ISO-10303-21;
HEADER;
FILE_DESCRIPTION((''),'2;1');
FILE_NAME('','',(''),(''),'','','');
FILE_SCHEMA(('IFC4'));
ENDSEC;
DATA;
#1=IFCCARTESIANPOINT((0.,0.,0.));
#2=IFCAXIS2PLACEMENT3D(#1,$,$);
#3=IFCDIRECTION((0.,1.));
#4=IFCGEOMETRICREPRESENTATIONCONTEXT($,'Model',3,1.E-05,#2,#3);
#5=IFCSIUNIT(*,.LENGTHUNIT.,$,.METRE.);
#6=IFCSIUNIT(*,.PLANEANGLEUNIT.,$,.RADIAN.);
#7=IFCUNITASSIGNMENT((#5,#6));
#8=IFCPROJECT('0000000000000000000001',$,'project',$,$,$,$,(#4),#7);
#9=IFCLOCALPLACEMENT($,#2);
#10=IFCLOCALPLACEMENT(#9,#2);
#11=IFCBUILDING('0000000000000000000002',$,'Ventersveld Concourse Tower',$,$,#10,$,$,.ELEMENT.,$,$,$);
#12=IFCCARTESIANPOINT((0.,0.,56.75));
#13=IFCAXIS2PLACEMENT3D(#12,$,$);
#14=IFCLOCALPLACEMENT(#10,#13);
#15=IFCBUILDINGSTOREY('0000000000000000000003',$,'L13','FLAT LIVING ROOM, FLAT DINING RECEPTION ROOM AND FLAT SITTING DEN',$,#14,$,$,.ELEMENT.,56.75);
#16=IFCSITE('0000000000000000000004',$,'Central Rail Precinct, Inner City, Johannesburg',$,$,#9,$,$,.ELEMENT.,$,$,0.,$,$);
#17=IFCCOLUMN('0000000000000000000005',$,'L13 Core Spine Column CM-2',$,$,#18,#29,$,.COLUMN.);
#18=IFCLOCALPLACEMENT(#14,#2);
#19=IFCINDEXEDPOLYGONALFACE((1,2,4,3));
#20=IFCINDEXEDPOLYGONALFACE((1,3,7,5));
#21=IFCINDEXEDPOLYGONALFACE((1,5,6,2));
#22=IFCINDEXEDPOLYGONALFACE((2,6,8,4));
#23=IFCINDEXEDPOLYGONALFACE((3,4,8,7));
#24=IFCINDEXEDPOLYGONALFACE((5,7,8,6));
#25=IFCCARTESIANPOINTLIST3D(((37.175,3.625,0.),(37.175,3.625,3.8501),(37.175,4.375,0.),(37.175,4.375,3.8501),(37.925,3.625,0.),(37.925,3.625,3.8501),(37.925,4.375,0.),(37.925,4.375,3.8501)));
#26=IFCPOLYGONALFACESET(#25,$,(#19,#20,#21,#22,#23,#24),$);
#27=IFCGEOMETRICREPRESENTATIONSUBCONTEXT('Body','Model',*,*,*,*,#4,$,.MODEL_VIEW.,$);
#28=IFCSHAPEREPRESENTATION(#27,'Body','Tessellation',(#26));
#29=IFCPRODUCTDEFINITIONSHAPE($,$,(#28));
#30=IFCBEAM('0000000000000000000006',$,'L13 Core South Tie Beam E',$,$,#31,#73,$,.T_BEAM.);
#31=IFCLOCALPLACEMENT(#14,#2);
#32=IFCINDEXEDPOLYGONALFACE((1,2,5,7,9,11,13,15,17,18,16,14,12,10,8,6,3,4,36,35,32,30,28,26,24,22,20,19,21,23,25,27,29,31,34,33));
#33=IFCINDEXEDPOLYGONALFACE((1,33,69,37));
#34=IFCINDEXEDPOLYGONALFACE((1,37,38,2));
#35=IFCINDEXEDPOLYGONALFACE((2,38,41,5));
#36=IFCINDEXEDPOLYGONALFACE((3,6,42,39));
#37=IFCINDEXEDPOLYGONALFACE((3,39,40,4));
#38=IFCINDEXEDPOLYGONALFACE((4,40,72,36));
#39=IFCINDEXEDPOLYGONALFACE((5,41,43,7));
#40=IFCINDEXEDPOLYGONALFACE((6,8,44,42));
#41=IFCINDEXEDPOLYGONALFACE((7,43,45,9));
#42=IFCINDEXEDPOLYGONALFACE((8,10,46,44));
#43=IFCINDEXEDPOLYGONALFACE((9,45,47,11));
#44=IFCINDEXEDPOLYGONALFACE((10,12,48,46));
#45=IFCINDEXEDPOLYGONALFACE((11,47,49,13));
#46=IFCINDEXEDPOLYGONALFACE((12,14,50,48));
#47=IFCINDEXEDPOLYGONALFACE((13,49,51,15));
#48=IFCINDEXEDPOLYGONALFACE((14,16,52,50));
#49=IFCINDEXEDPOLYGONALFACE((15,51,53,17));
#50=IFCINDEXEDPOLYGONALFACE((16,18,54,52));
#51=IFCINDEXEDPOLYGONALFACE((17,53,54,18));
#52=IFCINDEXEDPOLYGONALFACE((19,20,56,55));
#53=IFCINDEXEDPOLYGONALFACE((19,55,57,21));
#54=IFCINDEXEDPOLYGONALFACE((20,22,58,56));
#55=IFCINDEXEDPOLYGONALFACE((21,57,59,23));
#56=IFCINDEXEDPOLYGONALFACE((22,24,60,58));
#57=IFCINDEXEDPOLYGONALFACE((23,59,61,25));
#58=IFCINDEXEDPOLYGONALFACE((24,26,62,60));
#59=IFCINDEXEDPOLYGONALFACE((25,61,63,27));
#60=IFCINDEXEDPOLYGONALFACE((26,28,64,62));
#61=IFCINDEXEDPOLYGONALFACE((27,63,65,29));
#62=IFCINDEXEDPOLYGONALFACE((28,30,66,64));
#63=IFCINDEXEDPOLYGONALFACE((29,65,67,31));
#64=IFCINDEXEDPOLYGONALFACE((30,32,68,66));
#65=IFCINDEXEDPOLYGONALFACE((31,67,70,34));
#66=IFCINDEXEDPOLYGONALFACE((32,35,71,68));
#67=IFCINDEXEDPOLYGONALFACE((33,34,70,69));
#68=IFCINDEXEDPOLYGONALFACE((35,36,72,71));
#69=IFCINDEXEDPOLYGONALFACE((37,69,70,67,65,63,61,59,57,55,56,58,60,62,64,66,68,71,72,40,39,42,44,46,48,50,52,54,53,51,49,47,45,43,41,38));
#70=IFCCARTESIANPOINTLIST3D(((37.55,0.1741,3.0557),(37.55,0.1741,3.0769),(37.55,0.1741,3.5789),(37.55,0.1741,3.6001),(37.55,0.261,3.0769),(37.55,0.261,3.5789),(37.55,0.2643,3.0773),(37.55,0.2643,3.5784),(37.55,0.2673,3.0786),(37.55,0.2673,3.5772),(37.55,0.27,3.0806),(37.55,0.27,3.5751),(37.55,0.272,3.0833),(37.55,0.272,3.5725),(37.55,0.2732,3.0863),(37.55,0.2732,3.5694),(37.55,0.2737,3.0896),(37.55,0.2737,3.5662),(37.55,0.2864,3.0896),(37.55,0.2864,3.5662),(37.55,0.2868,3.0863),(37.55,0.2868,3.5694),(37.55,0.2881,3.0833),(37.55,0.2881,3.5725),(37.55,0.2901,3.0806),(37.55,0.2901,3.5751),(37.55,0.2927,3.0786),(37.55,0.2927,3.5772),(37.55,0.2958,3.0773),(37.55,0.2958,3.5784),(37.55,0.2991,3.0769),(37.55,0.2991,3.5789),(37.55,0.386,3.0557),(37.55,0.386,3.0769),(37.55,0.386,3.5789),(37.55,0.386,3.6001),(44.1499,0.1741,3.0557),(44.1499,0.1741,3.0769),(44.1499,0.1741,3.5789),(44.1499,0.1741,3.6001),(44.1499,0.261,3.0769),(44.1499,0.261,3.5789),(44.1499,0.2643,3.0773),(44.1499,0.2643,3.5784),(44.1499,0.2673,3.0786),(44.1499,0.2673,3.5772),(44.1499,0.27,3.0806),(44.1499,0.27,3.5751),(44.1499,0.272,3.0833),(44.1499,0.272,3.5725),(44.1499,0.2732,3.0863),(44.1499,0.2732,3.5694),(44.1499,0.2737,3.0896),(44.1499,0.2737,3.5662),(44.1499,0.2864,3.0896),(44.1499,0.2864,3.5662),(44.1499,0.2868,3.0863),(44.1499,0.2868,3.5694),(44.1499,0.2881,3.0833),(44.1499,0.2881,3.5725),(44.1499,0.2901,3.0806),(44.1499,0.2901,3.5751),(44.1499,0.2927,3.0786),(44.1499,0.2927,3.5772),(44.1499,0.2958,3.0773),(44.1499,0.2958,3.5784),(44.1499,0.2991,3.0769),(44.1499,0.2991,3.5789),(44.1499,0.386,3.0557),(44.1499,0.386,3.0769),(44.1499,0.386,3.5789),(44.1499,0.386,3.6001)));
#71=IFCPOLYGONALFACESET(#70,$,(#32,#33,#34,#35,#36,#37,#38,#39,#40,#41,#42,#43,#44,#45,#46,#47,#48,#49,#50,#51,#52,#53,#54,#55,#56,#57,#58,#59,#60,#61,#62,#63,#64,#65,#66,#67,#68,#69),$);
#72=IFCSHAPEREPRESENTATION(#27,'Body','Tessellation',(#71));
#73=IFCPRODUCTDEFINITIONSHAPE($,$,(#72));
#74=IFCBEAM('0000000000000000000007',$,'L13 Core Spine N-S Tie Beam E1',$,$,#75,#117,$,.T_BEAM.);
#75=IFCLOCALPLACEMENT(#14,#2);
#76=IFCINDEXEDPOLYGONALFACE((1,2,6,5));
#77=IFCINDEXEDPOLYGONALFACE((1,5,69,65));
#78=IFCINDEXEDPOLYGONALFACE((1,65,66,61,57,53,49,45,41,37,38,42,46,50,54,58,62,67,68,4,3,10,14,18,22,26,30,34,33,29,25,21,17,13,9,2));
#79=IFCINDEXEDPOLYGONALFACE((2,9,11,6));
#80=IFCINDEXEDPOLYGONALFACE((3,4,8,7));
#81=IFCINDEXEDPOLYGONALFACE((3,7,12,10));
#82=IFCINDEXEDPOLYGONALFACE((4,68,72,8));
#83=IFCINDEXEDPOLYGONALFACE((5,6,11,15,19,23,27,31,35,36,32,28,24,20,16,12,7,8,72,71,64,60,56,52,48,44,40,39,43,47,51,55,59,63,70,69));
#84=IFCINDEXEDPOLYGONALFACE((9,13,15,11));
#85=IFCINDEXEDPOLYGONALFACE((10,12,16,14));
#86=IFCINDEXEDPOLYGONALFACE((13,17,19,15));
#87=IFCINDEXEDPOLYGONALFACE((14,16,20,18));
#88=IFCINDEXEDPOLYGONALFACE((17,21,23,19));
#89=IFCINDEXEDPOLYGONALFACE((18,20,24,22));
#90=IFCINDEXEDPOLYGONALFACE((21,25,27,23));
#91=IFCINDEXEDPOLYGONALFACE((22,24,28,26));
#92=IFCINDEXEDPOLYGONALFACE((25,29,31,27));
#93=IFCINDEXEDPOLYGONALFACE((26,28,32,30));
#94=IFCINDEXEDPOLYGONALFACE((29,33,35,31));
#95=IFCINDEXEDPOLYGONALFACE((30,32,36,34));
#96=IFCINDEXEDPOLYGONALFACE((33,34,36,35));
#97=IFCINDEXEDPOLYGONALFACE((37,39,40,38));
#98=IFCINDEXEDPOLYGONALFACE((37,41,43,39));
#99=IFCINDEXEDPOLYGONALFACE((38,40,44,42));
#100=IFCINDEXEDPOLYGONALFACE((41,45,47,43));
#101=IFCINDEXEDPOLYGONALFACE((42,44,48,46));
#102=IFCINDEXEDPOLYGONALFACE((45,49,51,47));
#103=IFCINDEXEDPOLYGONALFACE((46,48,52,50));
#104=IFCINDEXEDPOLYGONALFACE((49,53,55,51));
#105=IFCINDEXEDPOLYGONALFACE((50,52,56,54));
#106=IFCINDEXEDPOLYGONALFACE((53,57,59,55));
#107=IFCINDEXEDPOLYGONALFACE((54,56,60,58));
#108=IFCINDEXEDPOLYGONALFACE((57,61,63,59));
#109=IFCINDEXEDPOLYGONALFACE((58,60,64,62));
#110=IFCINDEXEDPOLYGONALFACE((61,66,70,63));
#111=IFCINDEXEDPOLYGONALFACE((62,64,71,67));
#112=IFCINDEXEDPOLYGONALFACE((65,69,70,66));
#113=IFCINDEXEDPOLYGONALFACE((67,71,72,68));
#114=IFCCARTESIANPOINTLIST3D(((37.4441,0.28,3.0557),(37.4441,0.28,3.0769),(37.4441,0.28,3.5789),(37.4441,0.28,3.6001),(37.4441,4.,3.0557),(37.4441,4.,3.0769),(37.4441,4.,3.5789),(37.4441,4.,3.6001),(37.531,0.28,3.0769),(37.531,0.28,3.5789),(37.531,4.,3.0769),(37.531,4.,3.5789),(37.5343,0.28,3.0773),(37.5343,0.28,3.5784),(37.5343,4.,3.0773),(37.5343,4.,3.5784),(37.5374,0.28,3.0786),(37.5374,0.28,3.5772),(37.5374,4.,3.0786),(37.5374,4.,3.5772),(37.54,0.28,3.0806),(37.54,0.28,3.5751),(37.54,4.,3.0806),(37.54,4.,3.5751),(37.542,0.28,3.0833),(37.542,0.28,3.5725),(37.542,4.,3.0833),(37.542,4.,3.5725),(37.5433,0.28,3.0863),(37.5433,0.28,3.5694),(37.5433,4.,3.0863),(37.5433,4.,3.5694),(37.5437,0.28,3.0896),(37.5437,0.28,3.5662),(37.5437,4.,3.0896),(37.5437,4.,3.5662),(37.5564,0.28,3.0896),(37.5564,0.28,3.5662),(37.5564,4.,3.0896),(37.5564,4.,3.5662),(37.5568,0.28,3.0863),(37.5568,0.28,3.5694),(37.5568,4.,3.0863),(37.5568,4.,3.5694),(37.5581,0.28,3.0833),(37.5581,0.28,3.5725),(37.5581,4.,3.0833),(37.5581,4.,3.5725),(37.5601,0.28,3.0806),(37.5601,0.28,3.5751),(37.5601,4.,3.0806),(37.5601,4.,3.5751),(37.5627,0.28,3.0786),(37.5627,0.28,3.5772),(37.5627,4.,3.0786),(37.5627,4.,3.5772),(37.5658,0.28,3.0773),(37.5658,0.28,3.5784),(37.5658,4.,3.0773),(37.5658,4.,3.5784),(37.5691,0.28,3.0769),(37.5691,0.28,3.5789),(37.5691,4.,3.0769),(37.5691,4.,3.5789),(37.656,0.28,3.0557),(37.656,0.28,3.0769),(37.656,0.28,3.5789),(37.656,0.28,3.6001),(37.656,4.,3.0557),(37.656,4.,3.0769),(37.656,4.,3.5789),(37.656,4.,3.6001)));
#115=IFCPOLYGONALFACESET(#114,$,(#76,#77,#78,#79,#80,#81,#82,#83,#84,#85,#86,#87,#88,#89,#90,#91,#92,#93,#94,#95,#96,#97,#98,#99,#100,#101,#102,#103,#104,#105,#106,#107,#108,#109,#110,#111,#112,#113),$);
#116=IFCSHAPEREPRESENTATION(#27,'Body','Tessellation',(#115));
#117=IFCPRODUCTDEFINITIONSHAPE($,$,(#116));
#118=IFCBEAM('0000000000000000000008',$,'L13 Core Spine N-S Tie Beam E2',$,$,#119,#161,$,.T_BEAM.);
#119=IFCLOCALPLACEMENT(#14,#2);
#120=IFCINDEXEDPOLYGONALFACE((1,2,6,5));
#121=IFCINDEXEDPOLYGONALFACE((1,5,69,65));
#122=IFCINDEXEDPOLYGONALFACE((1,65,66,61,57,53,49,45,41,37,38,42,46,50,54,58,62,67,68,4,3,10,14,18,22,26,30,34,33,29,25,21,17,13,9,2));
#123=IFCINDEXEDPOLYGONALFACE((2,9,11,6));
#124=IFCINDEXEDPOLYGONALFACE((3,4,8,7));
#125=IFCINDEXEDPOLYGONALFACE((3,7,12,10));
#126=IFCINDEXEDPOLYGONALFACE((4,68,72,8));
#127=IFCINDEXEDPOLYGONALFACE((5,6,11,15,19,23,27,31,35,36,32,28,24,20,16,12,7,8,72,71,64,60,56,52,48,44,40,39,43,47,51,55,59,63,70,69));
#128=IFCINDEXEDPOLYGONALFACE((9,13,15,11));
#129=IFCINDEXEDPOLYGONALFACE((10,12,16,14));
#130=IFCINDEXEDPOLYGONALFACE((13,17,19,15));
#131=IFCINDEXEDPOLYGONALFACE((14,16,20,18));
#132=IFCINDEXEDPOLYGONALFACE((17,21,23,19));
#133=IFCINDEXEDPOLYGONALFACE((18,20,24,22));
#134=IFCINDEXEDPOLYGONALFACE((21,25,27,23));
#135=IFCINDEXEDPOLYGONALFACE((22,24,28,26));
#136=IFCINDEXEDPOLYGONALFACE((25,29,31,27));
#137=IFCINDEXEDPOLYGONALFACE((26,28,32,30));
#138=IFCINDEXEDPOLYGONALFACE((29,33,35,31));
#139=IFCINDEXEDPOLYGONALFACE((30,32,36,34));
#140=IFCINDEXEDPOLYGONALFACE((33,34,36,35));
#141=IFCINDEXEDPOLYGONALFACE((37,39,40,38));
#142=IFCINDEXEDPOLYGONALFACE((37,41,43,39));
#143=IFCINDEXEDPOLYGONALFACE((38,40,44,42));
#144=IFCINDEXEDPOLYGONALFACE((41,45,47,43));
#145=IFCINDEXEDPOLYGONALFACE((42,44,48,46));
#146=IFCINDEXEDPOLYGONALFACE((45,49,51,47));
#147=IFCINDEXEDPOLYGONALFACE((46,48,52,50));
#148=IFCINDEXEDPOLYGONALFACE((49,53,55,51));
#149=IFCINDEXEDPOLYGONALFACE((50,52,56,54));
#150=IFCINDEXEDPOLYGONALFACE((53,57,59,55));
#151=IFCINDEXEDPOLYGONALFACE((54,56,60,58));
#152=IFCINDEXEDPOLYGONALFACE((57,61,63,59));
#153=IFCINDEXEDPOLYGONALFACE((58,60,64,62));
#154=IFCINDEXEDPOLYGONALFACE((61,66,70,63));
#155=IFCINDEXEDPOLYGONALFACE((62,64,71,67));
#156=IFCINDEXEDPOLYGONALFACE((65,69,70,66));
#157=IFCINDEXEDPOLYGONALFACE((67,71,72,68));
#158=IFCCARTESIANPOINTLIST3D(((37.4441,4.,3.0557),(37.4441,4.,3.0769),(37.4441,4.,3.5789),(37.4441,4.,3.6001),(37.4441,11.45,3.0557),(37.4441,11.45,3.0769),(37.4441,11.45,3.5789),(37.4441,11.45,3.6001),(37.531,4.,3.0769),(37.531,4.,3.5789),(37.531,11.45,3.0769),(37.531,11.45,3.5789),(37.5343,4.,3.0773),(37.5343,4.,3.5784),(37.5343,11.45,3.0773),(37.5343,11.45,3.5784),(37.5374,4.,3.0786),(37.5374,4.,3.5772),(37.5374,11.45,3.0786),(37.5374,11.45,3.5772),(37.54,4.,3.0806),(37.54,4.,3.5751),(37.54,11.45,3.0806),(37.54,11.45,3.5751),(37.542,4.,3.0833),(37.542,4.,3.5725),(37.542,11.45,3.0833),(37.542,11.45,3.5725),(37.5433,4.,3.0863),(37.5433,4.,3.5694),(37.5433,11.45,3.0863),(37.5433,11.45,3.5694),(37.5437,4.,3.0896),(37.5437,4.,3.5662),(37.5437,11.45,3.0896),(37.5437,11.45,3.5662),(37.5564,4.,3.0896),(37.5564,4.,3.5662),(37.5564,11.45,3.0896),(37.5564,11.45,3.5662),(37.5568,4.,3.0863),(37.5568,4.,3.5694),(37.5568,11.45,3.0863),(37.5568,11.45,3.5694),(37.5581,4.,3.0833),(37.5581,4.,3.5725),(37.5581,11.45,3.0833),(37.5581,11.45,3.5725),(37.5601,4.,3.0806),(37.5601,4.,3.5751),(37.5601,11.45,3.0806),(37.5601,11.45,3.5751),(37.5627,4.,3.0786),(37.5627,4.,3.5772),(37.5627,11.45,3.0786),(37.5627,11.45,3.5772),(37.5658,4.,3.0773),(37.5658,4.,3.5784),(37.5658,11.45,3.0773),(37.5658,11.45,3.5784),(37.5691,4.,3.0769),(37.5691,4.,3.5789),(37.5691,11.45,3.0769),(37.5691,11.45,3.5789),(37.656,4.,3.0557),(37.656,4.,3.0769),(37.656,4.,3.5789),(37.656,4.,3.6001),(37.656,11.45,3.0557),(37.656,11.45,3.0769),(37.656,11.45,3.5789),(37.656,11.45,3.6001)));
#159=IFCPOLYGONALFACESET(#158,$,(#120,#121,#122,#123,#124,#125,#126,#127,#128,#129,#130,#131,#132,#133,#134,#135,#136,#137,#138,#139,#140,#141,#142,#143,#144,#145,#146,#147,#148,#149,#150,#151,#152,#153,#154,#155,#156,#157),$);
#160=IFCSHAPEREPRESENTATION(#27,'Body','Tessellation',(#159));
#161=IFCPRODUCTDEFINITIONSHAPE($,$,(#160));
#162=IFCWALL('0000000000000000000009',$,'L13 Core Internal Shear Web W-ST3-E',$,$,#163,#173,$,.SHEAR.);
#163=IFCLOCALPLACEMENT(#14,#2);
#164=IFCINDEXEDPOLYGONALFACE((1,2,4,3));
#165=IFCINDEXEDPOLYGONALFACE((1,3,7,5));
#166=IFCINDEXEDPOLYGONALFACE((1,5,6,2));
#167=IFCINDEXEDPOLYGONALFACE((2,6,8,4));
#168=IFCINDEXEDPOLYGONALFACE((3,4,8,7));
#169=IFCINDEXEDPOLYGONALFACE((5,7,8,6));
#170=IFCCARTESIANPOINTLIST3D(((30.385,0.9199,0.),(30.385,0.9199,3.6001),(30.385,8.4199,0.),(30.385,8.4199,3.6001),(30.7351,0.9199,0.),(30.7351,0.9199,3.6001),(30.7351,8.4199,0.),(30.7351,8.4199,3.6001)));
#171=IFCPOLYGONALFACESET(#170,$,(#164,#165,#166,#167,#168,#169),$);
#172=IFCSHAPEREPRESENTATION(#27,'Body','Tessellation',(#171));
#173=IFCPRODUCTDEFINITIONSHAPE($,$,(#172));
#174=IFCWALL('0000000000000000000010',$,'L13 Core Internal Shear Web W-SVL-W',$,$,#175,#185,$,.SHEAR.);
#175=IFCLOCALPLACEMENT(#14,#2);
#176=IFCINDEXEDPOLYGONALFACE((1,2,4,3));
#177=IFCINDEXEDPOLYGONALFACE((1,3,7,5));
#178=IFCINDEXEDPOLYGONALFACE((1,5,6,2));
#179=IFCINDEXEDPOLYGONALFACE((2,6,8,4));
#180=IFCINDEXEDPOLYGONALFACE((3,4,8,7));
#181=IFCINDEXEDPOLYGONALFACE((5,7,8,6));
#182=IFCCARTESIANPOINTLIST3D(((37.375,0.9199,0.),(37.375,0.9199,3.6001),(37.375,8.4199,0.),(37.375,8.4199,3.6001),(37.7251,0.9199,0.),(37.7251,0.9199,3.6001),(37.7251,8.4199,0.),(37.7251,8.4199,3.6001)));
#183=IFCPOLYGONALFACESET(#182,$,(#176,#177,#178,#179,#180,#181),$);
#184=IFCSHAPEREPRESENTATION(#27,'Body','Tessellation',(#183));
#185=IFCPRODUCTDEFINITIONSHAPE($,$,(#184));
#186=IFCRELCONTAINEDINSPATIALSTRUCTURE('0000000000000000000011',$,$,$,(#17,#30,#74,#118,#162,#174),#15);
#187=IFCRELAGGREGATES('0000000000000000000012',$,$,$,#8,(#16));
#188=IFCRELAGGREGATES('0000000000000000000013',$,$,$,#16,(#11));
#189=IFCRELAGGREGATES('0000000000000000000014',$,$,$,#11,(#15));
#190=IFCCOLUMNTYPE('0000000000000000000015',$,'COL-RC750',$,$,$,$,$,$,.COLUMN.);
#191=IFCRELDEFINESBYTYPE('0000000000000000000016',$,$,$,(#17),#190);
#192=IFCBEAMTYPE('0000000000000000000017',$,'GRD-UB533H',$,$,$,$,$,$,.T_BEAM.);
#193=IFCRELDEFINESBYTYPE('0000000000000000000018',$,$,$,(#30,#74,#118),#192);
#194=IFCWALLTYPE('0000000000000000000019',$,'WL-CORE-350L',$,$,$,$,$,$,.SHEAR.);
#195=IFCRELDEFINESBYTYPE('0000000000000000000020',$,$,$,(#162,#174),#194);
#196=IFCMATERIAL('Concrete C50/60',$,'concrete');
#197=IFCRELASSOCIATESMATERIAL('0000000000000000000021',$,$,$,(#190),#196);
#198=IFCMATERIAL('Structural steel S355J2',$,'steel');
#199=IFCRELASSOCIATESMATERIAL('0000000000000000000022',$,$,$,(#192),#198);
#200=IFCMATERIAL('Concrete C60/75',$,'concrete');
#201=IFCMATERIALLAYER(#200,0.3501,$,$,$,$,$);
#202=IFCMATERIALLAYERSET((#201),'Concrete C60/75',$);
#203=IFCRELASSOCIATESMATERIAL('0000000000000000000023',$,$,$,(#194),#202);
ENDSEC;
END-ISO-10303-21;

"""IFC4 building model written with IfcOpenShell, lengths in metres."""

from ifc_helpers import new_model, si_unit, direction, frame, frame_2d, origin, origin_2d, place, context, subcontext, project, spatial, rectangle, i_section, extrude, material, layer, layer_set, material_profile, profile_set, type_object, element, save


model = new_model("IFC4")

# Units and contexts
model_context = context("Model", 3, precision=1e-05, world=origin(), true_north=direction((0.0, 1.0)))
body_context = subcontext(model_context, "Body", "Model", "MODEL_VIEW")
ifc_project = project(units=[si_unit("LENGTHUNIT", "METRE"), si_unit("PLANEANGLEUNIT", "RADIAN")], contexts=[model_context])

# Site, building, storey
site_placement = place(None, origin())
site = spatial("IfcSite", under=ifc_project, at=site_placement, Name="Central Rail Precinct, Inner City, Johannesburg", CompositionType="ELEMENT", RefElevation=0.0)
building_placement = place(site_placement, origin())
building = spatial("IfcBuilding", under=site, at=building_placement, Name="Ventersveld Concourse Tower", CompositionType="ELEMENT")
storey_placement = place(building_placement, frame((0.0, 0.0, 56.75)))
storey = spatial("IfcBuildingStorey", under=building, at=storey_placement, Name="L13", Description="FLAT LIVING ROOM, FLAT DINING RECEPTION ROOM AND FLAT SITTING DEN", CompositionType="ELEMENT", Elevation=56.75)

# Column
ifc_material_1 = material(Name="Concrete C50/60", Category="concrete")
ifc_material_profile_1 = material_profile(ifc_material_1, rectangle(XDim=0.75, YDim=0.75, at=origin_2d()), Name="RC 750x750")
ifc_profile_set_1 = profile_set([ifc_material_profile_1], Name="Concrete C50/60")
column_type = type_object("IfcColumnType", Name="COL-RC750", PredefinedType="COLUMN", material=ifc_profile_set_1)
column_placement = place(storey_placement, frame((37.55, 4.0, 0.0), z_axis=(0.0, 0.0, 1.0), x_axis=(1.0, 0.0, 0.0)))
element("IfcColumn", 1, at=column_placement, inside=storey, type_object=column_type, Name="L13 Core Spine Column CM-2", PredefinedType="COLUMN", context=body_context, shape_type="SweptSolid", body=[
    extrude(rectangle(XDim=0.75, YDim=0.75, at=origin_2d()), origin(), (0.0, 0.0, 1.0), 3.8501),
])

# Beams
ifc_material_2 = material(Name="Structural steel S355J2", Category="steel")
ifc_material_profile_2 = material_profile(ifc_material_2, i_section(OverallWidth=0.2119, OverallDepth=0.5444, WebThickness=0.0127, FlangeThickness=0.0212, FilletRadius=0.0127, at=origin_2d()), Name="UB 533x210x122")
ifc_profile_set_2 = profile_set([ifc_material_profile_2], Name="Structural steel S355J2")
beam_type = type_object("IfcBeamType", Name="GRD-UB533H", PredefinedType="T_BEAM", material=ifc_profile_set_2)
beam_1_placement = place(storey_placement, frame((37.55, 0.28, 3.3279), z_axis=(1.0, 0.0, 0.0), x_axis=(0.0, 1.0, 0.0)))
element("IfcBeam", 2, at=beam_1_placement, inside=storey, type_object=beam_type, Name="L13 Core South Tie Beam E", PredefinedType="T_BEAM", context=body_context, shape_type="SweptSolid", body=[
    extrude(i_section(OverallWidth=0.2119, OverallDepth=0.5444, WebThickness=0.0127, FlangeThickness=0.0212, FilletRadius=0.0127, at=origin_2d()), origin(), (0.0, 0.0, 1.0), 6.5999),
])
beam_2_placement = place(storey_placement, frame((37.55, 0.28, 3.3279), z_axis=(0.0, 1.0, 0.0), x_axis=(-1.0, 0.0, 0.0)))
element("IfcBeam", 3, at=beam_2_placement, inside=storey, type_object=beam_type, Name="L13 Core Spine N-S Tie Beam E1", PredefinedType="T_BEAM", context=body_context, shape_type="SweptSolid", body=[
    extrude(i_section(OverallWidth=0.2119, OverallDepth=0.5444, WebThickness=0.0127, FlangeThickness=0.0212, FilletRadius=0.0127, at=origin_2d()), origin(), (0.0, 0.0, 1.0), 3.72),
])
beam_3_placement = place(storey_placement, frame((37.55, 4.0, 3.3279), z_axis=(0.0, 1.0, 0.0), x_axis=(-1.0, 0.0, 0.0)))
element("IfcBeam", 4, at=beam_3_placement, inside=storey, type_object=beam_type, Name="L13 Core Spine N-S Tie Beam E2", PredefinedType="T_BEAM", context=body_context, shape_type="SweptSolid", body=[
    extrude(i_section(OverallWidth=0.2119, OverallDepth=0.5444, WebThickness=0.0127, FlangeThickness=0.0212, FilletRadius=0.0127, at=origin_2d()), origin(), (0.0, 0.0, 1.0), 7.45),
])

# Walls
ifc_material_3 = material(Name="Concrete C60/75", Category="concrete")
ifc_layer_1 = layer(ifc_material_3, 0.3501)
ifc_layer_set_1 = layer_set([ifc_layer_1], Name="Concrete C60/75")
wall_type_1 = type_object("IfcWallType", Name="WL-CORE-350L", PredefinedType="SHEAR", material=ifc_layer_set_1)
for number, where, z_axis, x_axis, name in (
    (5, (30.5601, 0.9199, 0.0), (0.0, 0.0, 1.0), (0.0, 1.0, 0.0), "L13 Core Internal Shear Web W-ST3-E"),
    (6, (37.55, 0.9199, 0.0), (0.0, 0.0, 1.0), (0.0, 1.0, 0.0), "L13 Core Internal Shear Web W-SVL-W"),
):
    element("IfcWall", number, at=place(storey_placement, frame(where, z_axis=z_axis, x_axis=x_axis)), inside=storey, type_object=wall_type_1, Name=name, PredefinedType="SHEAR", context=body_context, shape_type="SweptSolid", body=[
        extrude(rectangle(XDim=7.5, YDim=0.3501, at=frame_2d((3.75, 0.0))), origin(), (0.0, 0.0, 1.0), 3.6001),
    ])

save(model, "model.ifc")
